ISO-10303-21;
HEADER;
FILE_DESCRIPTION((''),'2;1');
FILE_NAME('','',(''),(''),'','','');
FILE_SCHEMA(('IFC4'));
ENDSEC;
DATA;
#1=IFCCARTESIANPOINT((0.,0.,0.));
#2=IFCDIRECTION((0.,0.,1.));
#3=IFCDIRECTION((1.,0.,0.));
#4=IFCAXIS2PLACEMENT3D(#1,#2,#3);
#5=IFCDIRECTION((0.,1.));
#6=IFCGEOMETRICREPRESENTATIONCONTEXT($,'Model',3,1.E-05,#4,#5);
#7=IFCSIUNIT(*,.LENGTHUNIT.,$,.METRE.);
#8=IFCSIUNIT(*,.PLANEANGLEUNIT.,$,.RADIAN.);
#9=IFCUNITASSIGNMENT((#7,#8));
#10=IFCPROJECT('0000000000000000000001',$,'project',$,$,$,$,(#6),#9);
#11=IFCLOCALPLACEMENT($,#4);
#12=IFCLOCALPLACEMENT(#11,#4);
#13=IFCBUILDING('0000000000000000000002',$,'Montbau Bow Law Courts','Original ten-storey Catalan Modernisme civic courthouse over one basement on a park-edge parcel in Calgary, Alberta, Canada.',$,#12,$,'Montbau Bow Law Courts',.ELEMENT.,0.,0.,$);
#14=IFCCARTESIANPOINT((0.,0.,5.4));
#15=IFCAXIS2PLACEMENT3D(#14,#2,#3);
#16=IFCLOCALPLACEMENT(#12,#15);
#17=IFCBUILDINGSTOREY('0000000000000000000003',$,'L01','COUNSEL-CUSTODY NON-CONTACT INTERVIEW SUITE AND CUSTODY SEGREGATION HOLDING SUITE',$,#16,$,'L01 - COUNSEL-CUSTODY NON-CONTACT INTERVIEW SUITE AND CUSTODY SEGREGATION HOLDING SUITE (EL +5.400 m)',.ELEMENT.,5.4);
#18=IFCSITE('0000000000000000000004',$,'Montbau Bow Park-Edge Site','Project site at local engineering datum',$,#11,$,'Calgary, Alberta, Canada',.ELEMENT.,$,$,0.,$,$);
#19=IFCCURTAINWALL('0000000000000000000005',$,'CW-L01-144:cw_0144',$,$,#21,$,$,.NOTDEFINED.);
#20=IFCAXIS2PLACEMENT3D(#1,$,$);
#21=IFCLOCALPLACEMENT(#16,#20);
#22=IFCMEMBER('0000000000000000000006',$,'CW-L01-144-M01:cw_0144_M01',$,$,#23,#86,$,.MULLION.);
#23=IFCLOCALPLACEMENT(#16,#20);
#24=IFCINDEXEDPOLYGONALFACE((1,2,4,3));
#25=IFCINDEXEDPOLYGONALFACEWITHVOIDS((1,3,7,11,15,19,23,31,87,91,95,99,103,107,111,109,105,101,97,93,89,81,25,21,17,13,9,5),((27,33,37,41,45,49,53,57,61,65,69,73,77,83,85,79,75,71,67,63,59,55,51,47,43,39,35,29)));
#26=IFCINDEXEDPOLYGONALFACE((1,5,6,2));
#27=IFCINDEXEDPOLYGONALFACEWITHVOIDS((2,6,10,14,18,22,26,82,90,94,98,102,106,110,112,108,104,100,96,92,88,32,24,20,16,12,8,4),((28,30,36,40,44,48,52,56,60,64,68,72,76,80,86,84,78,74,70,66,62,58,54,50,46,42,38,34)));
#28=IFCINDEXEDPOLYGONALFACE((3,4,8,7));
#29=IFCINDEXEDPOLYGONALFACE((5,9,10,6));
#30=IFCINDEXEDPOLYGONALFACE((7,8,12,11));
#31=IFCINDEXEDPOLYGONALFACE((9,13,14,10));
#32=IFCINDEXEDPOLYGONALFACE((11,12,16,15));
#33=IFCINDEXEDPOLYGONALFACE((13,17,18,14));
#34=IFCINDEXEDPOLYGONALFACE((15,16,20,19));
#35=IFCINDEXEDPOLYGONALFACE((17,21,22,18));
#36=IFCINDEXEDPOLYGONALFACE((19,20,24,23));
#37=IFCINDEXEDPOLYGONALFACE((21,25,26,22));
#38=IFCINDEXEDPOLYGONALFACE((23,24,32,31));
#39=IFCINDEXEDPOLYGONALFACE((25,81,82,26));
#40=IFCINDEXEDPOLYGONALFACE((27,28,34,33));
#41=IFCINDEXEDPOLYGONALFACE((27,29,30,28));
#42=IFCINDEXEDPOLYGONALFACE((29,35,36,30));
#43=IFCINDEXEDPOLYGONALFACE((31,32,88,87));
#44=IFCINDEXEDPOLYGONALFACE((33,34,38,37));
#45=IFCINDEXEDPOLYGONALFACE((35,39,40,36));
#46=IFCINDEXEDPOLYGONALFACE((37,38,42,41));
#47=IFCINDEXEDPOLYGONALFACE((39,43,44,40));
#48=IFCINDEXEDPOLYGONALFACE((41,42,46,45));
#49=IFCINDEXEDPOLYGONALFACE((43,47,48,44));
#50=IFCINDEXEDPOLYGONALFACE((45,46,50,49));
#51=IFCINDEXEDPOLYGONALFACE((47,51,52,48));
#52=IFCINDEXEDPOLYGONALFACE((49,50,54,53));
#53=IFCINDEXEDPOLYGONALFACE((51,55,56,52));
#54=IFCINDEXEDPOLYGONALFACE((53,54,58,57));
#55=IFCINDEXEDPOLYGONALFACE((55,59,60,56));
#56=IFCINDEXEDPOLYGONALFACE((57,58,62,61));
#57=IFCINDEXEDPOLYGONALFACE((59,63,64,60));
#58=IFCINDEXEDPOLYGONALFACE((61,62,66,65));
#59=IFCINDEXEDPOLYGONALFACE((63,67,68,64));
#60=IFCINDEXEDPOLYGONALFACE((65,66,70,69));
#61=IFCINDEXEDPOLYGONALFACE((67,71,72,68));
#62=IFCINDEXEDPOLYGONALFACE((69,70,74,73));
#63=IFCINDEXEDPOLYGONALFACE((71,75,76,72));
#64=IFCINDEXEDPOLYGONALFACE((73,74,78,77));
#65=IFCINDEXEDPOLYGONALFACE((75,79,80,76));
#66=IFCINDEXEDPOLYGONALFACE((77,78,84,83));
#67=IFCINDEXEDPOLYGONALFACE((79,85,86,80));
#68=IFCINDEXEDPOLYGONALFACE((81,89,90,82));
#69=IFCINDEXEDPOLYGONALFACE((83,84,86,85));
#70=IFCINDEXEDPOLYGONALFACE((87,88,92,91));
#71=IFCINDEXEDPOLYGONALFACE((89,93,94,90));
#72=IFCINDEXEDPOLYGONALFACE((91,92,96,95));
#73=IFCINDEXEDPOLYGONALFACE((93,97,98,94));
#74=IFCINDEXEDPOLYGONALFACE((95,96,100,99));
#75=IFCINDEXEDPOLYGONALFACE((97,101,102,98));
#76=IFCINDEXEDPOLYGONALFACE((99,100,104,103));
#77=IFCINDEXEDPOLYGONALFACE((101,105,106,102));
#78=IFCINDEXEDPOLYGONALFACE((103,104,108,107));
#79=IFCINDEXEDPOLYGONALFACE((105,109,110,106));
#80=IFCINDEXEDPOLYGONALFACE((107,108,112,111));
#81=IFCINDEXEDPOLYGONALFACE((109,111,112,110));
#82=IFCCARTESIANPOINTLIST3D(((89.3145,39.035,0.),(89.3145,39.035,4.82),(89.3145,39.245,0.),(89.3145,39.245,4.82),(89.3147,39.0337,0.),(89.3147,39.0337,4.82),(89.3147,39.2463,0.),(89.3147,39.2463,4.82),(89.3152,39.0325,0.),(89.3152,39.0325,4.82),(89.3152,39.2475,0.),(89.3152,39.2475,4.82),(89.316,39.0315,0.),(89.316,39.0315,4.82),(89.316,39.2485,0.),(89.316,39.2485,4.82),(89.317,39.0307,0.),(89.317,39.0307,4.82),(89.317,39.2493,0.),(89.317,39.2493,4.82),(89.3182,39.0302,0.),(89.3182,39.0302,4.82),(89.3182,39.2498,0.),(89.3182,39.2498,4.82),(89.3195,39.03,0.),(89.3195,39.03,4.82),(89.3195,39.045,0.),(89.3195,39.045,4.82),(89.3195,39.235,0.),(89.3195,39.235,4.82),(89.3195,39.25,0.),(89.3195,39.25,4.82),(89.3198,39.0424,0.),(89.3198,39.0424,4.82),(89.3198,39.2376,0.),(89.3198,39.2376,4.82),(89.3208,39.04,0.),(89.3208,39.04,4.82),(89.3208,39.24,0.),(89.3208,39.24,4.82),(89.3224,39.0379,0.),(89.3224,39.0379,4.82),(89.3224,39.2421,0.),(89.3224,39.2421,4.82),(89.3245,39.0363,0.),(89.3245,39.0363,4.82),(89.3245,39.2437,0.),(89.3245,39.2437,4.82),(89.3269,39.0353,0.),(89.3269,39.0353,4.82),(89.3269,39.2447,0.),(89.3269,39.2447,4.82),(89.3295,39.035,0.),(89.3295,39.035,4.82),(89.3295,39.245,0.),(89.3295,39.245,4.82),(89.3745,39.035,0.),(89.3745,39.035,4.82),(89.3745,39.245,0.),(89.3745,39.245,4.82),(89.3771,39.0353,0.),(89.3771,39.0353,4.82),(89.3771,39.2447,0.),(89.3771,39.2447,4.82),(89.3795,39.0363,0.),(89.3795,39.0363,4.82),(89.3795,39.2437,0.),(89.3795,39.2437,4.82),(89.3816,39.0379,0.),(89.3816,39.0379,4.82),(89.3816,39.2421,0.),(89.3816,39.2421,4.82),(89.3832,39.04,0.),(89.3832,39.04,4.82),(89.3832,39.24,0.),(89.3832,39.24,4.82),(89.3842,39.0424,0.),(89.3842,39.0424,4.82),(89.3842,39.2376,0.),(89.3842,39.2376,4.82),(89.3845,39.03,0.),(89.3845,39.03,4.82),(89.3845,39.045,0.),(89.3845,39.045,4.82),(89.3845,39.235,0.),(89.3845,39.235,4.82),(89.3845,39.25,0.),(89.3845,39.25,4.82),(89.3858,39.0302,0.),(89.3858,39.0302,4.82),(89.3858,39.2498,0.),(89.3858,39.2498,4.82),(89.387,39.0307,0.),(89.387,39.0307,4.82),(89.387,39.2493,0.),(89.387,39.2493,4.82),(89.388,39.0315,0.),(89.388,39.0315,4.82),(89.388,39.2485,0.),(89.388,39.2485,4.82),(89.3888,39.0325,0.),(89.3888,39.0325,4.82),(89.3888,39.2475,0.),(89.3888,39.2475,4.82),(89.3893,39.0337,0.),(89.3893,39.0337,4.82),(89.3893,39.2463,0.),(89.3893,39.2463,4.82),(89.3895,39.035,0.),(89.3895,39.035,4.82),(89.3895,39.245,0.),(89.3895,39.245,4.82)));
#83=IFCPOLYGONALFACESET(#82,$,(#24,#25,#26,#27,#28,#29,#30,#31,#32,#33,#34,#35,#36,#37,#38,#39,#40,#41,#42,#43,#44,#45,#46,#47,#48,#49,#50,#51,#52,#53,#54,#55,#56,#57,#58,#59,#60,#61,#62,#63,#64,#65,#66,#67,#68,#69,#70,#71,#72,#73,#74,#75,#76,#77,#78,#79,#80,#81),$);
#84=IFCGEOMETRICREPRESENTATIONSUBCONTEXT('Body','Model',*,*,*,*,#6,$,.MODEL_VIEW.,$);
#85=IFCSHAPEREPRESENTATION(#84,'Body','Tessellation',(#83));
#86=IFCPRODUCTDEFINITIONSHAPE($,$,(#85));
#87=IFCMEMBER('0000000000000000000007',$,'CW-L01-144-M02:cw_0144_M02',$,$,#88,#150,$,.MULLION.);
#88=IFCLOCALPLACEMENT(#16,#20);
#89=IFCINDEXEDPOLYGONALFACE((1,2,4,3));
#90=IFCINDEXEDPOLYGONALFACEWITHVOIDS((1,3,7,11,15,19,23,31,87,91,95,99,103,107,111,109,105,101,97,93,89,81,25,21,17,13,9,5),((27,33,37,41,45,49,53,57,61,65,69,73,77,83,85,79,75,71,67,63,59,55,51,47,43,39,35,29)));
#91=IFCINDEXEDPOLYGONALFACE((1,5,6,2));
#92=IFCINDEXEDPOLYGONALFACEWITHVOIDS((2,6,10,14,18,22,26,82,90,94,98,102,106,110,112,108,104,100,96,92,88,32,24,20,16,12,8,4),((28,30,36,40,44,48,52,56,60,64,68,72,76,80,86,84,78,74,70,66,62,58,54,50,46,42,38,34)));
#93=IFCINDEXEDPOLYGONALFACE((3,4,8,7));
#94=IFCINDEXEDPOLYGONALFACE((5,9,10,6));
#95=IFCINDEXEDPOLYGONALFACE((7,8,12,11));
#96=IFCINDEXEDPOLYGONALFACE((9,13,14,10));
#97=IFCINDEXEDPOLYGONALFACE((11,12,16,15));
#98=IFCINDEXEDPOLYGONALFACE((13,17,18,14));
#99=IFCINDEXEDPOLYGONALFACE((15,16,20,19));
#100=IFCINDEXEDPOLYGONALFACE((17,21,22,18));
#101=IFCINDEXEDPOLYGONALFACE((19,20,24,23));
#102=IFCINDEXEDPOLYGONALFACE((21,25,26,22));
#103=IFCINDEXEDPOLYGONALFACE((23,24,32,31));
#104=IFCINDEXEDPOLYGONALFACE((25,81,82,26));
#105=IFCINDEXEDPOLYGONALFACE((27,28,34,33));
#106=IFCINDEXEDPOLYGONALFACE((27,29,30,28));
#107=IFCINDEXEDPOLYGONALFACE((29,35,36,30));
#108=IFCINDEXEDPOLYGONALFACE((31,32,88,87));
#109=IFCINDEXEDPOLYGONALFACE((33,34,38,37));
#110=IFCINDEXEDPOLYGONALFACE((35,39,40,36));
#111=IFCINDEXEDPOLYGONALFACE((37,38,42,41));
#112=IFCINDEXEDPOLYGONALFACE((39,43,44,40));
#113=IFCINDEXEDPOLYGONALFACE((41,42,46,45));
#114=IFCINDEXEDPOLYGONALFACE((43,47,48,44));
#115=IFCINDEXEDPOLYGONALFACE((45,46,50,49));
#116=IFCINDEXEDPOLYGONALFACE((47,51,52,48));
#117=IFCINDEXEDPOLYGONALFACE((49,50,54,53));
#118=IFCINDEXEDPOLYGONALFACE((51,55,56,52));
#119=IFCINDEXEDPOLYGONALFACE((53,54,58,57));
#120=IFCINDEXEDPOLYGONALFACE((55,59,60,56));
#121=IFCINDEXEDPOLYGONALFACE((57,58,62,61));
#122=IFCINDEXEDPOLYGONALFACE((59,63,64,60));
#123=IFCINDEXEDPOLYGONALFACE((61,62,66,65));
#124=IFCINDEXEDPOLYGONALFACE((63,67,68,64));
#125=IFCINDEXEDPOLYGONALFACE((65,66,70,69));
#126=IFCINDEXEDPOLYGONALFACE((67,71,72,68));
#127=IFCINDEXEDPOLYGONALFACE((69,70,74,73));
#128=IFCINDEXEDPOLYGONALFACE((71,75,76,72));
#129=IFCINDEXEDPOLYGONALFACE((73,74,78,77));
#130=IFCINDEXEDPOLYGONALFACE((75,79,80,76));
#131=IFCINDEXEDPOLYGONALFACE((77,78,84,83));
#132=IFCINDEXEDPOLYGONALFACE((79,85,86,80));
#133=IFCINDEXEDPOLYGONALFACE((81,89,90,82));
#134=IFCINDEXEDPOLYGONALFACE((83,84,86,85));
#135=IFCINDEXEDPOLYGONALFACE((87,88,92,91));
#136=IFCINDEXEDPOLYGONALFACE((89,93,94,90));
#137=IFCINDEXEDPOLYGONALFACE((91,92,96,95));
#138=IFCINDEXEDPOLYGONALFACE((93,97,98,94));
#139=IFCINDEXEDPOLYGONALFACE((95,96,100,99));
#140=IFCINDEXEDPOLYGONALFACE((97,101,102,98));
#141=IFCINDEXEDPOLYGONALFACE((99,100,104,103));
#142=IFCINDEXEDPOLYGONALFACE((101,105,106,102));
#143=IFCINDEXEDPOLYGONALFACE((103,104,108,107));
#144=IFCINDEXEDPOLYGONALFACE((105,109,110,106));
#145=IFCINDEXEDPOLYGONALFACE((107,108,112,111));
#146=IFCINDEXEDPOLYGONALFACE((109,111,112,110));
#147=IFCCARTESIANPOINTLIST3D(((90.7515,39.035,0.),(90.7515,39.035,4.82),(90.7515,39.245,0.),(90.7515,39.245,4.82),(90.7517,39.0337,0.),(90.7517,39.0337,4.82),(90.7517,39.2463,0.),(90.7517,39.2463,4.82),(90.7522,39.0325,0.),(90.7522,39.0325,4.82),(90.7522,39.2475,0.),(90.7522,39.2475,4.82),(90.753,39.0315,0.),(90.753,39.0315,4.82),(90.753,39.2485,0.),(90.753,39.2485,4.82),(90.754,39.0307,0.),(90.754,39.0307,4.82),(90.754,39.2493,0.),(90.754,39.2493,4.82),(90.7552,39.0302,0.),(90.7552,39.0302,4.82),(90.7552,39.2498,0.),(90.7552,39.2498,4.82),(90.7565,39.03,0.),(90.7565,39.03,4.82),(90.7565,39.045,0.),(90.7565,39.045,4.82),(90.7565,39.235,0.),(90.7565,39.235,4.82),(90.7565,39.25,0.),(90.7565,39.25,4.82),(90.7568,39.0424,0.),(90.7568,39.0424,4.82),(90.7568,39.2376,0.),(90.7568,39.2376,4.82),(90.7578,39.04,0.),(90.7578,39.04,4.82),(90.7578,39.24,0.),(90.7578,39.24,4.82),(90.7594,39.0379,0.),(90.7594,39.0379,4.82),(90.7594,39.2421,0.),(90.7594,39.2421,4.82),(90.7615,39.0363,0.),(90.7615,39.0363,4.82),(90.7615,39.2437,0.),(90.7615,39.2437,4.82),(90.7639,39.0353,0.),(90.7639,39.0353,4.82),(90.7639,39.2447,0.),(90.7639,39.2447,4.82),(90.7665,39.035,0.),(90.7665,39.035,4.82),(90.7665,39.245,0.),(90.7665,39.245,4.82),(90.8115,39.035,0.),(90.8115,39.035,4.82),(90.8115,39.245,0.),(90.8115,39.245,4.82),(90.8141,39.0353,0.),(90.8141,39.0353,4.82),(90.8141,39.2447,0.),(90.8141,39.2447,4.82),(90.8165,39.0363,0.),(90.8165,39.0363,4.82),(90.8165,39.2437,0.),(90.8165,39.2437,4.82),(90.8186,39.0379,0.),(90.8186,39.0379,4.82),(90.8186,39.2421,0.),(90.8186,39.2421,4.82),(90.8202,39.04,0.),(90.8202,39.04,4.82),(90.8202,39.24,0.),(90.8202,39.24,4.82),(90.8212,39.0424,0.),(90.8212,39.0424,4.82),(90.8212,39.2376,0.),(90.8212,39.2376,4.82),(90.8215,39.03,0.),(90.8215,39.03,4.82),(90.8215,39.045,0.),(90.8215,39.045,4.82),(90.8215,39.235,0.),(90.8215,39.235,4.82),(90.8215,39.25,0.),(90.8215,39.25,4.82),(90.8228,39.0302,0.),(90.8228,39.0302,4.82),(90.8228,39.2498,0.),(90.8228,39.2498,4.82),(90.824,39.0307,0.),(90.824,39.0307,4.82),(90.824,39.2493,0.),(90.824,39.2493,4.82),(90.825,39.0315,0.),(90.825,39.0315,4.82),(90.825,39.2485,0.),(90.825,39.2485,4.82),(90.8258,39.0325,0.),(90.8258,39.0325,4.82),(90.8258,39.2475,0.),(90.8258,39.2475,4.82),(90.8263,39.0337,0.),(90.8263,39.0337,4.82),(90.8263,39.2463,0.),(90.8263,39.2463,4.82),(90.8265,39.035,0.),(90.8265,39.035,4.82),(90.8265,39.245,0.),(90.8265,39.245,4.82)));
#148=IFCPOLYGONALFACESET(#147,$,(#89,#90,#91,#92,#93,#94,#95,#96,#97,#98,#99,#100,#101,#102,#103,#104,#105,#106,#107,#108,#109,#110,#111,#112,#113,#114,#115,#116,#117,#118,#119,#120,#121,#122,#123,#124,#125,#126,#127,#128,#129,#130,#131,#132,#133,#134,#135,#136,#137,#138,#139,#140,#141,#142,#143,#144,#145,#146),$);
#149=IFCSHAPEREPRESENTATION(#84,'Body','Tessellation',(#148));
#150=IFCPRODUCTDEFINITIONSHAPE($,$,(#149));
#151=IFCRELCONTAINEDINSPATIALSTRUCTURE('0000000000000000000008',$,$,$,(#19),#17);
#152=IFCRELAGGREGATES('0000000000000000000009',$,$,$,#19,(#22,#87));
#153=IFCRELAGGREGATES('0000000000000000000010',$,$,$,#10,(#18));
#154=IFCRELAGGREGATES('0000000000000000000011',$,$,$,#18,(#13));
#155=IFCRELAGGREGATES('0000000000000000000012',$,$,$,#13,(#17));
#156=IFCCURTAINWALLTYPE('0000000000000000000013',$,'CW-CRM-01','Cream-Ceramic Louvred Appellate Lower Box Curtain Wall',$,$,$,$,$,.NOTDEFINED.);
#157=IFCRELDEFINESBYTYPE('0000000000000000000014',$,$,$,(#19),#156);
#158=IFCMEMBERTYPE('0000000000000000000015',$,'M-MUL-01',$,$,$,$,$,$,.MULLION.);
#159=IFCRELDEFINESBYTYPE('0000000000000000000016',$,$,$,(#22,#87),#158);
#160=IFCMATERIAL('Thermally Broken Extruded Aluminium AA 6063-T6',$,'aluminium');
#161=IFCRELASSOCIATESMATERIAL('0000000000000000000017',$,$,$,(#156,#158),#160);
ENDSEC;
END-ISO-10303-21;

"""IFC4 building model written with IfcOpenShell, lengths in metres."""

from ifc_helpers import new_model, si_unit, direction, frame, origin_with_axes, origin_2d_with_axis, place, context, subcontext, project, spatial, hollow_rectangle, extrude, material, material_profile, profile_set, type_object, element, aggregate, save


model = new_model("IFC4")

# Units and contexts
model_context = context("Model", 3, precision=1e-05, world=origin_with_axes(), true_north=direction((0.0, 1.0)))
body_context = subcontext(model_context, "Body", "Model", "MODEL_VIEW")
ifc_project = project(units=[si_unit("LENGTHUNIT", "METRE"), si_unit("PLANEANGLEUNIT", "RADIAN")], contexts=[model_context])

# Site, building, storey
site_placement = place(None, origin_with_axes())
site = spatial("IfcSite", under=ifc_project, at=site_placement, Name="Montbau Bow Park-Edge Site", Description="Project site at local engineering datum", LongName="Calgary, Alberta, Canada", CompositionType="ELEMENT", RefElevation=0.0)
building_placement = place(site_placement, origin_with_axes())
building = spatial("IfcBuilding", under=site, at=building_placement, Name="Montbau Bow Law Courts", Description="Original ten-storey Catalan Modernisme civic courthouse over one basement on a park-edge parcel in Calgary, Alberta, Canada.", LongName="Montbau Bow Law Courts", CompositionType="ELEMENT", ElevationOfRefHeight=0.0, ElevationOfTerrain=0.0)
storey_placement = place(building_placement, frame((0.0, 0.0, 5.4), z_axis=(0.0, 0.0, 1.0), x_axis=(1.0, 0.0, 0.0)))
storey = spatial("IfcBuildingStorey", under=building, at=storey_placement, Name="L01", Description="COUNSEL-CUSTODY NON-CONTACT INTERVIEW SUITE AND CUSTODY SEGREGATION HOLDING SUITE", LongName="L01 - COUNSEL-CUSTODY NON-CONTACT INTERVIEW SUITE AND CUSTODY SEGREGATION HOLDING SUITE (EL +5.400 m)", CompositionType="ELEMENT", Elevation=5.4)

# Curtain wall, members
ifc_material_1 = material(Name="Thermally Broken Extruded Aluminium AA 6063-T6", Category="aluminium")
curtain_wall_type = type_object("IfcCurtainWallType", Name="CW-CRM-01", Description="Cream-Ceramic Louvred Appellate Lower Box Curtain Wall", PredefinedType="NOTDEFINED", material=ifc_material_1)
curtain_wall_placement = place(None, frame((89.315, 39.14, 5.4), z_axis=(0.0, 0.0, 1.0), x_axis=(1.0, 0.0, 0.0)))
curtain_wall = element("IfcCurtainWall", 1, at=curtain_wall_placement, inside=storey, type_object=curtain_wall_type, Name="CW-L01-144:cw_0144", PredefinedType="NOTDEFINED")
ifc_material_profile_1 = material_profile(ifc_material_1, hollow_rectangle(XDim=0.075, YDim=0.22, WallThickness=0.005, InnerFilletRadius=0.01, OuterFilletRadius=0.005, at=origin_2d_with_axis()), Name="CWM-220X75", Category="Main", Priority=0)
ifc_profile_set_1 = profile_set([ifc_material_profile_1], Name="Thermally Broken Extruded Aluminium AA 6063-T6")
member_type_1 = type_object("IfcMemberType", Name="M-MUL-01", PredefinedType="MULLION", material=ifc_profile_set_1)
member_1_placement = place(None, frame((89.352, 39.14, 5.4), z_axis=(0.0, 0.0, 1.0), x_axis=(1.0, 0.0, 0.0)))
member_1 = element("IfcMember", 2, at=member_1_placement, type_object=member_type_1, Name="CW-L01-144-M01:cw_0144_M01", PredefinedType="MULLION", context=body_context, shape_type="SweptSolid", body=[
    extrude(hollow_rectangle(XDim=0.075, YDim=0.22, WallThickness=0.005, InnerFilletRadius=0.01, OuterFilletRadius=0.005, at=origin_2d_with_axis()), origin_with_axes(), (0.0, 0.0, 1.0), 4.82),
])
member_2_placement = place(None, frame((90.789, 39.14, 5.4), z_axis=(0.0, 0.0, 1.0), x_axis=(1.0, 0.0, 0.0)))
member_2 = element("IfcMember", 3, at=member_2_placement, type_object=member_type_1, Name="CW-L01-144-M02:cw_0144_M02", PredefinedType="MULLION", context=body_context, shape_type="SweptSolid", body=[
    extrude(hollow_rectangle(XDim=0.075, YDim=0.22, WallThickness=0.005, InnerFilletRadius=0.01, OuterFilletRadius=0.005, at=origin_2d_with_axis()), origin_with_axes(), (0.0, 0.0, 1.0), 4.82),
])
aggregate(curtain_wall, [member_1, member_2])

save(model, "model.ifc")
